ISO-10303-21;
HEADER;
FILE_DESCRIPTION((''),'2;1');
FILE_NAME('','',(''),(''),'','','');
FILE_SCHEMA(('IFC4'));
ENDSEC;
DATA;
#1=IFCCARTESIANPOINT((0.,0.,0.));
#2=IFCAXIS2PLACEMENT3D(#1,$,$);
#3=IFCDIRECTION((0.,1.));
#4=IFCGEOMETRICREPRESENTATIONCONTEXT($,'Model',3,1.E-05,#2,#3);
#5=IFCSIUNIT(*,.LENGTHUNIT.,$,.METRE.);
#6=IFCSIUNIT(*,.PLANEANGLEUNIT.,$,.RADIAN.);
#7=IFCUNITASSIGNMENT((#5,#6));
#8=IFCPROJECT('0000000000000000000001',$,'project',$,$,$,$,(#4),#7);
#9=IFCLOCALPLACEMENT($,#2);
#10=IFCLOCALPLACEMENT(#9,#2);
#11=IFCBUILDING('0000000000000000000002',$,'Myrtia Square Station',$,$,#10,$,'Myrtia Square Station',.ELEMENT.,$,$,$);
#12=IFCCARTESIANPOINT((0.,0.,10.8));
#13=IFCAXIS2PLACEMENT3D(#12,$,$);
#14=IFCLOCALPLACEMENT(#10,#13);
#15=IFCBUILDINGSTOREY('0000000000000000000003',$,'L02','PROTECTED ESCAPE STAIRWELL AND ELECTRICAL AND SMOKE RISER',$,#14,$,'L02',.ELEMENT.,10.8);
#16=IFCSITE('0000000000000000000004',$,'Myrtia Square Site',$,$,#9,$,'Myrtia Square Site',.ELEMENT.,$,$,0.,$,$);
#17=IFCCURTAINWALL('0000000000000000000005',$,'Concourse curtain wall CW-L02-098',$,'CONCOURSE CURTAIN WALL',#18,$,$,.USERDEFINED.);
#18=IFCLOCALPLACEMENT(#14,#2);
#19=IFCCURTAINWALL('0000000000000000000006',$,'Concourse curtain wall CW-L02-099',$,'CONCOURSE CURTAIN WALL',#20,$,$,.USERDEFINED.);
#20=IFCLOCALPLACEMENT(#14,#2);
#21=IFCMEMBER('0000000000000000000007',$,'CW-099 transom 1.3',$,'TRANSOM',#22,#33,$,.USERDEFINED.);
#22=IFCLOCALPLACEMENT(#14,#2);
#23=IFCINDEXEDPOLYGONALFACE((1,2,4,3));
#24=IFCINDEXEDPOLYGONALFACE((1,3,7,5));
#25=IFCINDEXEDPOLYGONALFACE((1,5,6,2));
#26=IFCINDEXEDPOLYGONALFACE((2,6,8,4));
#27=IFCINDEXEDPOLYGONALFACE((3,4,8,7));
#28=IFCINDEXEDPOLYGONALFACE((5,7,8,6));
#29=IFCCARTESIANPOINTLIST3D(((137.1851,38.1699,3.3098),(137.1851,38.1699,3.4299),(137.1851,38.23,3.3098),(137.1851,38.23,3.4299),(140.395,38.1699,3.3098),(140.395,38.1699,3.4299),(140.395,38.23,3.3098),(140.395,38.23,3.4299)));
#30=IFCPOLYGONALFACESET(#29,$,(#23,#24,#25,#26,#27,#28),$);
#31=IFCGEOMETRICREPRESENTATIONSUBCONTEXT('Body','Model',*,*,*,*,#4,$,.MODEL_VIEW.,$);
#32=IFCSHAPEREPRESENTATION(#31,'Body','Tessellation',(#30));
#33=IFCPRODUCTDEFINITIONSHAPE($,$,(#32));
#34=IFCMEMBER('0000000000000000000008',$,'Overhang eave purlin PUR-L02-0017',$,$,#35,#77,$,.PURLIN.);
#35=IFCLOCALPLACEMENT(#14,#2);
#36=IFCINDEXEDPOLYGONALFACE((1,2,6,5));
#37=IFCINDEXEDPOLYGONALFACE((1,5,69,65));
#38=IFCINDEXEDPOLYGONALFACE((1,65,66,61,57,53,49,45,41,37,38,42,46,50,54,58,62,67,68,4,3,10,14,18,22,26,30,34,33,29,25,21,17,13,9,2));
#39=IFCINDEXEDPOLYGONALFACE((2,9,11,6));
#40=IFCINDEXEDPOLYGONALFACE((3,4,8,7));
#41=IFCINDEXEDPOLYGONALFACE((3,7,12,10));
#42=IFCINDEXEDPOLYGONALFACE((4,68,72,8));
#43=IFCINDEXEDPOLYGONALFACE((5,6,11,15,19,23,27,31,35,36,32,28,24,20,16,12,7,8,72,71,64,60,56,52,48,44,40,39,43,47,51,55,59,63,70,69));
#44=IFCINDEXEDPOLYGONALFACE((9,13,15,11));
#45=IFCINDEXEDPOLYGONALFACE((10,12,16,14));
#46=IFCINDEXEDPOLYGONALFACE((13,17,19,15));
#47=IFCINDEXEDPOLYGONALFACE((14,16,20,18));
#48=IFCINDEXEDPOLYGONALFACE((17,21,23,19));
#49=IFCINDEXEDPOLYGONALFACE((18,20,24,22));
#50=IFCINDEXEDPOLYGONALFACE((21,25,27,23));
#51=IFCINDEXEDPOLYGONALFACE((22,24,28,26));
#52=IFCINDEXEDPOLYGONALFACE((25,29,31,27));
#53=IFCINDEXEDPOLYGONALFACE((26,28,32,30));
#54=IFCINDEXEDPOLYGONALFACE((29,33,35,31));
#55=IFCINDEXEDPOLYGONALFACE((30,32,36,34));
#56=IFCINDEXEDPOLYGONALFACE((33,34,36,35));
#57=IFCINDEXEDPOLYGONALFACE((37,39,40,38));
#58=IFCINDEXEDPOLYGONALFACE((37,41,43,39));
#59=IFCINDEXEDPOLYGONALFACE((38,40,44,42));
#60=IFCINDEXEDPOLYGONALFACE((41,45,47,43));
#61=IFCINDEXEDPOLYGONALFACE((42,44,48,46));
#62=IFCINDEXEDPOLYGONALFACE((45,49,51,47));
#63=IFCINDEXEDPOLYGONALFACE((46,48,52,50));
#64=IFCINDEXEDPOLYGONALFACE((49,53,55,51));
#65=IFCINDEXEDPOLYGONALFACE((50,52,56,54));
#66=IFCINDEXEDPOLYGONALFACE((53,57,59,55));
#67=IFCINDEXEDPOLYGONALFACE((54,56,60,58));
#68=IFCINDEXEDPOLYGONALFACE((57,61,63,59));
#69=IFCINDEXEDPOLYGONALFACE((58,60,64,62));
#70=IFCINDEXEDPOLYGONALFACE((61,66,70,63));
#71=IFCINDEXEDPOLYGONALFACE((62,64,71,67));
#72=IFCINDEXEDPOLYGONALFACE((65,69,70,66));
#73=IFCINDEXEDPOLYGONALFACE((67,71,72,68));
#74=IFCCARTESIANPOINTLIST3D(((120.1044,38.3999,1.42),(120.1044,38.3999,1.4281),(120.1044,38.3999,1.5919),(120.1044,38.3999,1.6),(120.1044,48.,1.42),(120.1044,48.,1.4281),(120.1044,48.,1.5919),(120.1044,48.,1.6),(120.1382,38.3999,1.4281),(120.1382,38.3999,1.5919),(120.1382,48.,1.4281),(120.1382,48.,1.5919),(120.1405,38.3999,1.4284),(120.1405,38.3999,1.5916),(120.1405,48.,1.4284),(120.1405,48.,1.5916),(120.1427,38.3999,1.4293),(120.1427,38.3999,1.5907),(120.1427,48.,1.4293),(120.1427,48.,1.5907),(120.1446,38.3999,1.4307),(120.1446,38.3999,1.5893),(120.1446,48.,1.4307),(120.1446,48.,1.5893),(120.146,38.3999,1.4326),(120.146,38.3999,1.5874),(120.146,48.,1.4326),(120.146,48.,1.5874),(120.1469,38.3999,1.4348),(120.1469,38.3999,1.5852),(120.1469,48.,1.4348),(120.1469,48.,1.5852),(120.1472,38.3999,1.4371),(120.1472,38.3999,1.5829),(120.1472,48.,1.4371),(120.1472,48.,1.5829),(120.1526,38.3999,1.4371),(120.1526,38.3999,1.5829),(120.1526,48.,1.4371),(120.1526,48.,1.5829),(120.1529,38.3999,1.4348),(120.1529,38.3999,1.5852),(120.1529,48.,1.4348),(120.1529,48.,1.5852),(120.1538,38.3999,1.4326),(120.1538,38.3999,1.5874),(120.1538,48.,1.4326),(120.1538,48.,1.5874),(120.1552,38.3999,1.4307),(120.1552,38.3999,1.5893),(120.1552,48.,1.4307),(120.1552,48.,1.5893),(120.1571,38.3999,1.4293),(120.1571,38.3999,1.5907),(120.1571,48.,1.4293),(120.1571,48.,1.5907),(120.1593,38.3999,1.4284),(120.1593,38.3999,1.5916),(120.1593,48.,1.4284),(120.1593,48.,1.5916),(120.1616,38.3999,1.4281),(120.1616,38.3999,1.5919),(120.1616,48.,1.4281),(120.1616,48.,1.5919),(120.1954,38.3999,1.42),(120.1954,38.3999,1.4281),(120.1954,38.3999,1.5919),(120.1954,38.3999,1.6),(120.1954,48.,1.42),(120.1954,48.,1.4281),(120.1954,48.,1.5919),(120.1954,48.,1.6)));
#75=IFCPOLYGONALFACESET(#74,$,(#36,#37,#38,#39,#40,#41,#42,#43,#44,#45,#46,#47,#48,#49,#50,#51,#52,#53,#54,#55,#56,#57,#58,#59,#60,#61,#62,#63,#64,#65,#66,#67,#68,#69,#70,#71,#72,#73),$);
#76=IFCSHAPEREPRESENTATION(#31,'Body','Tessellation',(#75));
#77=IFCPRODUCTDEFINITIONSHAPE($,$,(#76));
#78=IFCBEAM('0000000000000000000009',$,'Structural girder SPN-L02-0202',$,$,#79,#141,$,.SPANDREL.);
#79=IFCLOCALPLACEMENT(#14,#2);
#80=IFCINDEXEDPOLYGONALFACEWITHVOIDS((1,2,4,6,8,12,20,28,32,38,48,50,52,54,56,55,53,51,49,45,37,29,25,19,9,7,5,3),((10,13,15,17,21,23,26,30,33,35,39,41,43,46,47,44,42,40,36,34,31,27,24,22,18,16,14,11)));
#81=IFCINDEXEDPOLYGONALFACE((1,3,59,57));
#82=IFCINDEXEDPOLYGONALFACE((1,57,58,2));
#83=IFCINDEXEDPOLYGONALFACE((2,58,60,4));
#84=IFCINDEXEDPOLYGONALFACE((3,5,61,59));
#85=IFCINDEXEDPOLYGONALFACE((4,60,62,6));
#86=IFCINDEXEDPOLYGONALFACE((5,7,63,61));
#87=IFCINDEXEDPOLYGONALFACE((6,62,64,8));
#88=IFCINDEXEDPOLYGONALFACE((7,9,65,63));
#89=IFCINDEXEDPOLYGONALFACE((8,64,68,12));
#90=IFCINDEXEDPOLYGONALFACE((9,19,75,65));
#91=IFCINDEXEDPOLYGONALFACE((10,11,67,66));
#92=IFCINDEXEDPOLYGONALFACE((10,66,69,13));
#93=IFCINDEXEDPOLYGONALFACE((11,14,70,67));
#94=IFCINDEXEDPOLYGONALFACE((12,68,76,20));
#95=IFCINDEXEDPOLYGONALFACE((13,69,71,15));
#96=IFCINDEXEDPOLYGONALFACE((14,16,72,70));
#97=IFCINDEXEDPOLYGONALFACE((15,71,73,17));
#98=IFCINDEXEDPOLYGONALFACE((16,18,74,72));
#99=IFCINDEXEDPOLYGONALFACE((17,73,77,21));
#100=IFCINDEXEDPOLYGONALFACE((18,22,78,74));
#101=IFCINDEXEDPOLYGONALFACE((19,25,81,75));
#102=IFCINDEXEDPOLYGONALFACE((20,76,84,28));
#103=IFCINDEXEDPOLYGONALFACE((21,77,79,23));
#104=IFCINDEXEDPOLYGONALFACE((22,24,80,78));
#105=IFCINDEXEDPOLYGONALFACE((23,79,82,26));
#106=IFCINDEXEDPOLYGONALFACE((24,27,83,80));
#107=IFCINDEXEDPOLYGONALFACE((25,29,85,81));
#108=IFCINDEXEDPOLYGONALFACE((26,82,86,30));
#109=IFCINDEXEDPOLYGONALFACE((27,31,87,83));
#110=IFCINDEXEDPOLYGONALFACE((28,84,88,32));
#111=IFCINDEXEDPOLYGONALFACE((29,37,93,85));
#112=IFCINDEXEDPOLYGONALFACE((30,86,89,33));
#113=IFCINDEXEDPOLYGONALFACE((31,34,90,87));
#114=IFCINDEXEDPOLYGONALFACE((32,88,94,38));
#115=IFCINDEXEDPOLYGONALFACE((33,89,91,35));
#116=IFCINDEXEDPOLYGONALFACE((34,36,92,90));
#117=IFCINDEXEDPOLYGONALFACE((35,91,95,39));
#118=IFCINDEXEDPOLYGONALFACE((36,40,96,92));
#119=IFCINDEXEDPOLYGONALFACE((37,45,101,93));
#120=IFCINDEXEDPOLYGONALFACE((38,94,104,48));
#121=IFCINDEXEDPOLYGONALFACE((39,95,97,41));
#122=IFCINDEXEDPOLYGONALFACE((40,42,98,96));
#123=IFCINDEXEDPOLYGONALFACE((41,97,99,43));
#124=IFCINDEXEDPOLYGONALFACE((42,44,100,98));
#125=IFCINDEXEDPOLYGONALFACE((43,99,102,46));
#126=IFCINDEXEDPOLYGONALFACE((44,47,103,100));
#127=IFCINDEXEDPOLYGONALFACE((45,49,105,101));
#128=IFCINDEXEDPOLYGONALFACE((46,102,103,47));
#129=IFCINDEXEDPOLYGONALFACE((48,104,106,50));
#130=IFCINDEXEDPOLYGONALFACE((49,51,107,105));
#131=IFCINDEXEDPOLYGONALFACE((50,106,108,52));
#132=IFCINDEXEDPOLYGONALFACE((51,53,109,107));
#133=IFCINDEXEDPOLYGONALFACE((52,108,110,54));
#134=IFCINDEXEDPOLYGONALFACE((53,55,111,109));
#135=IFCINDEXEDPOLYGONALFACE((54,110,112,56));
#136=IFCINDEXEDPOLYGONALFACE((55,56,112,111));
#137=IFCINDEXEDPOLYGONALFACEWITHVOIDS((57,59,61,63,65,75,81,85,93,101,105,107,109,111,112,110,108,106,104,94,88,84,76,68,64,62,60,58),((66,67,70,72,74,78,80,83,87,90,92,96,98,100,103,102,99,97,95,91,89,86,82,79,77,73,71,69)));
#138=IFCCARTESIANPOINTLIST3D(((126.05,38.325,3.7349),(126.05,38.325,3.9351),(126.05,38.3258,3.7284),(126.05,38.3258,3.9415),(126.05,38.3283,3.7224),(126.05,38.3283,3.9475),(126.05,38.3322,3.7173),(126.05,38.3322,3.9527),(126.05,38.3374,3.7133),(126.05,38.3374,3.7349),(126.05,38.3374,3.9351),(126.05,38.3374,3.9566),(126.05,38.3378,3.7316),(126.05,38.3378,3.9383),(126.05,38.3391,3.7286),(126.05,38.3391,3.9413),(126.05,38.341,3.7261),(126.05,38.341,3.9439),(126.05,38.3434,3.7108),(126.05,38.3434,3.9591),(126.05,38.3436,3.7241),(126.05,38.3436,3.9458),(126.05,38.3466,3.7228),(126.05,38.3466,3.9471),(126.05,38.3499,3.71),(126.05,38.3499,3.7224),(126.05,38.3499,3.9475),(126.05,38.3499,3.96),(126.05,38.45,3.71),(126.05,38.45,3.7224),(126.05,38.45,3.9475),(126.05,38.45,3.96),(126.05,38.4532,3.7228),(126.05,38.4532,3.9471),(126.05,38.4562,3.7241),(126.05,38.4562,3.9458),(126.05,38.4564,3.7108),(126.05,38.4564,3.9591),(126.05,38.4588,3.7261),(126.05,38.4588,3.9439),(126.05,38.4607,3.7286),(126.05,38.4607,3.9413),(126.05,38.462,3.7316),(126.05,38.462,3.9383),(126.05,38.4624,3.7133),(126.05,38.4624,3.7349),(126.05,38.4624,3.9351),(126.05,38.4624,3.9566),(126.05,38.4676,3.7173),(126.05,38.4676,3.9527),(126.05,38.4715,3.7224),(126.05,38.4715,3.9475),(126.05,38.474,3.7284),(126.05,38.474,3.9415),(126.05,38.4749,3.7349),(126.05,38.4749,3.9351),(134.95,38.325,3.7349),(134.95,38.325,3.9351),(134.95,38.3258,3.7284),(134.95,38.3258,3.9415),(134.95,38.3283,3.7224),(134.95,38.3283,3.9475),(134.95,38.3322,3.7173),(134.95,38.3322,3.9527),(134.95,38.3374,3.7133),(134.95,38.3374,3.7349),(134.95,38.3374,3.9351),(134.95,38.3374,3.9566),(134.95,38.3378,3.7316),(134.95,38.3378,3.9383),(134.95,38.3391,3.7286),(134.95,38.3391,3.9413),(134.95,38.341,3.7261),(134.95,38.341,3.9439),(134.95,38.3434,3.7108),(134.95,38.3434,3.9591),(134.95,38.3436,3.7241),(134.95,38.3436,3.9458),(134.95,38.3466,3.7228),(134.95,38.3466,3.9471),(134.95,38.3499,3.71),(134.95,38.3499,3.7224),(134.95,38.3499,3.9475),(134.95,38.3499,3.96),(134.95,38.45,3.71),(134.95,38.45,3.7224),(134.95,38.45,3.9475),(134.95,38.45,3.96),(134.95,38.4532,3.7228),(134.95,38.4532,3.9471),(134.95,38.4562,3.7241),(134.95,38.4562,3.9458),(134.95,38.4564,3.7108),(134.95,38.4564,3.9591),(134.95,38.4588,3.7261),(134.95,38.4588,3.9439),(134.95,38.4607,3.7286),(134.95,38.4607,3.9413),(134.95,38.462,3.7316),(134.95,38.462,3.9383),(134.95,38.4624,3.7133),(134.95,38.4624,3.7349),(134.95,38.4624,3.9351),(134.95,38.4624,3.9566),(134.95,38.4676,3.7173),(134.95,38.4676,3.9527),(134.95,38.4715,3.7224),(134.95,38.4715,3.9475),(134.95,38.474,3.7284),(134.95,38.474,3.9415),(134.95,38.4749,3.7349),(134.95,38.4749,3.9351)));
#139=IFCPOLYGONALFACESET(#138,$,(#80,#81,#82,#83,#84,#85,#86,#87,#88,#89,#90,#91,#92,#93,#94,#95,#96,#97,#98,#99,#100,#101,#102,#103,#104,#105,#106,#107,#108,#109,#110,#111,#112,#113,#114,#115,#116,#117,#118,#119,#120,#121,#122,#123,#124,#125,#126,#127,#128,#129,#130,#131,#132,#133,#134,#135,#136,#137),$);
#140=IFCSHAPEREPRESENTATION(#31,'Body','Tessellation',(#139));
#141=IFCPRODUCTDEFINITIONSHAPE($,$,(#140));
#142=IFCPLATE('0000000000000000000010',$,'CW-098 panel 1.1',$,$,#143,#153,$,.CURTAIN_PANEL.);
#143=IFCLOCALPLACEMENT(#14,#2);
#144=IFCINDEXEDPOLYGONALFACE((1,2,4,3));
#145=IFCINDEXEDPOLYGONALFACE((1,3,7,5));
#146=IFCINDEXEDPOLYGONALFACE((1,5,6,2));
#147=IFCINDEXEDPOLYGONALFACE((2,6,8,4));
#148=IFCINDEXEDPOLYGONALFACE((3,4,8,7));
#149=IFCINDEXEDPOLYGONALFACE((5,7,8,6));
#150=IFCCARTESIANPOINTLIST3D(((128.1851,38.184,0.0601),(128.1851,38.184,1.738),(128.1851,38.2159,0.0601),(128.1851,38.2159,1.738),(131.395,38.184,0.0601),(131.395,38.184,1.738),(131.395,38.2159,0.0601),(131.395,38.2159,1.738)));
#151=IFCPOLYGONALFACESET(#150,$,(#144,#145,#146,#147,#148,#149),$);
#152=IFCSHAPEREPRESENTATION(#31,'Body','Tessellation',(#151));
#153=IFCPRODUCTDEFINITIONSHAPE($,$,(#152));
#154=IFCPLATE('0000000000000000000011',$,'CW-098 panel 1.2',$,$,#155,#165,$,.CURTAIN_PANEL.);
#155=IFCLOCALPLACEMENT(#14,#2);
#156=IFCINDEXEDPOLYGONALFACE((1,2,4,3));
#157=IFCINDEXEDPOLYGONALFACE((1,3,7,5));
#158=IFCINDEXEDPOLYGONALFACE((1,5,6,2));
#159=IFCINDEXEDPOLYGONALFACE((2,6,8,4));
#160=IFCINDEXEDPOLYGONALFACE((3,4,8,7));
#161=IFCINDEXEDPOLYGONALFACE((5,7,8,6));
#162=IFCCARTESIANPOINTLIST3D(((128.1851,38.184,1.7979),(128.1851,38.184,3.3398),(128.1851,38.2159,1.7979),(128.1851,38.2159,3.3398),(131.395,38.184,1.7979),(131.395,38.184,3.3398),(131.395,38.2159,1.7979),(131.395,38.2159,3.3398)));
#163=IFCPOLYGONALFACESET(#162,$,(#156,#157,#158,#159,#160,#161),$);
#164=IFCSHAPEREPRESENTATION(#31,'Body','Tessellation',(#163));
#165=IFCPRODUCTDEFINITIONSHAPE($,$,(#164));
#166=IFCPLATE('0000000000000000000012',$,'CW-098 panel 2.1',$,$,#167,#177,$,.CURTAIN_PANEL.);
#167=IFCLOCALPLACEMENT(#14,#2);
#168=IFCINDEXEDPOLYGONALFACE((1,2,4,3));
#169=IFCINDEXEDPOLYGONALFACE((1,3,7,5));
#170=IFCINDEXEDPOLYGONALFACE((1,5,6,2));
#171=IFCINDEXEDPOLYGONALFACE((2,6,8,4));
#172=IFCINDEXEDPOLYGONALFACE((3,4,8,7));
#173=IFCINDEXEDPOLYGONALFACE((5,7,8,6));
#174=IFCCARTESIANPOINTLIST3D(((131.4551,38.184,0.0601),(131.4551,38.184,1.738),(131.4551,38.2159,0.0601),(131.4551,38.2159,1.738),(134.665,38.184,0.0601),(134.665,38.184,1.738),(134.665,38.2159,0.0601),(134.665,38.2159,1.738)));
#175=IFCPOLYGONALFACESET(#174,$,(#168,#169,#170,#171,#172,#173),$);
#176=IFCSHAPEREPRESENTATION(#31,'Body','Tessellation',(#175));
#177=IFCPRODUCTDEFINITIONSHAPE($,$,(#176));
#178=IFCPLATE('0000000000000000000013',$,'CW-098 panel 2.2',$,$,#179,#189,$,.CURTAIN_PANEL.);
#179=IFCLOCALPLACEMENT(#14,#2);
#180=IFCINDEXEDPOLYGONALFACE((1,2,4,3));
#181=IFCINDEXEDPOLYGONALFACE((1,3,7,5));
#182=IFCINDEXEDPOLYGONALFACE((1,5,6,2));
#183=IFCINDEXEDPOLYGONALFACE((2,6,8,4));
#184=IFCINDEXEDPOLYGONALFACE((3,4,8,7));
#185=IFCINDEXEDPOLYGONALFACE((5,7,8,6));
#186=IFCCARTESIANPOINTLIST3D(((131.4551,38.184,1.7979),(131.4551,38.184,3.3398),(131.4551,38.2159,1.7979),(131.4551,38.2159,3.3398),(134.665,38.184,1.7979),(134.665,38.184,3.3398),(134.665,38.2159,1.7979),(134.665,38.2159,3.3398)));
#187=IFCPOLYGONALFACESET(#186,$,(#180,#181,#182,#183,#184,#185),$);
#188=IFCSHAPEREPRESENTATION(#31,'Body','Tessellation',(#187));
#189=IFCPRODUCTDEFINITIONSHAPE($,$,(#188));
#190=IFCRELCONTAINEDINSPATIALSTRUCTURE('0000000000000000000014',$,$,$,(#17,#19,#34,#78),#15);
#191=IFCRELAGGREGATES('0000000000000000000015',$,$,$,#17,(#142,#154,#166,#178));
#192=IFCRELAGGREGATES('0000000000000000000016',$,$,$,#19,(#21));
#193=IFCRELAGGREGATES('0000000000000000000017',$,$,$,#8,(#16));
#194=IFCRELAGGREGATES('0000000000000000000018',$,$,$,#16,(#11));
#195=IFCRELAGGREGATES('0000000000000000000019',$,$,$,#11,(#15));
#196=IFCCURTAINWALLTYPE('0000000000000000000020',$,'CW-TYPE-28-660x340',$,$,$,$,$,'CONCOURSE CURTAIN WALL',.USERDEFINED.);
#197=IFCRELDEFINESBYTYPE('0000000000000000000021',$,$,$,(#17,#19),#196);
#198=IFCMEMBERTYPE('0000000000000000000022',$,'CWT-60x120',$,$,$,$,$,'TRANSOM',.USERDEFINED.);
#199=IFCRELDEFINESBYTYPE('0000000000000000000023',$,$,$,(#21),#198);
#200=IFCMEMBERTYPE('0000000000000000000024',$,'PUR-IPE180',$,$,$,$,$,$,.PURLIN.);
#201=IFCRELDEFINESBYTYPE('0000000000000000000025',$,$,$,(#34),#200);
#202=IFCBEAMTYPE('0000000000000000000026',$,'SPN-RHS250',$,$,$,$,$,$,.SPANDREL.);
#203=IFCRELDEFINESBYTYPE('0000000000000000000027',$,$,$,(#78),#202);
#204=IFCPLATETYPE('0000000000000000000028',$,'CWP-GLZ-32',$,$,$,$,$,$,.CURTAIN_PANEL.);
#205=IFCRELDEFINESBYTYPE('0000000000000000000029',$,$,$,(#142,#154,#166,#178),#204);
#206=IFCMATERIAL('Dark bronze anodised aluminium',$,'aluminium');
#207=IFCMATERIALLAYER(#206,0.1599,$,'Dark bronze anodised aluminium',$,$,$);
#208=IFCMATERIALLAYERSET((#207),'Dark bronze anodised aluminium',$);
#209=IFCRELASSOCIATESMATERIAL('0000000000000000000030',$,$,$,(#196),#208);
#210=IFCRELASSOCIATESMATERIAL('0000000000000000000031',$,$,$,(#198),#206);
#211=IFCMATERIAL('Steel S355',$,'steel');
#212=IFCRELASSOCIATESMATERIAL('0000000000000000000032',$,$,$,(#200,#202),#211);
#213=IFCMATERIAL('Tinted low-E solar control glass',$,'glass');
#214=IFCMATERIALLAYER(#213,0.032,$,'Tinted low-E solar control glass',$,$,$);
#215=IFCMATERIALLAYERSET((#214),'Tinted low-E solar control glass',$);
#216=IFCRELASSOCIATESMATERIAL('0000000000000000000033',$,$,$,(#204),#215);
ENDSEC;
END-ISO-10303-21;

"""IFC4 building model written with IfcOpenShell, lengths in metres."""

from ifc_helpers import new_model, si_unit, direction, frame, origin, origin_2d, place, context, subcontext, project, spatial, rectangle, hollow_rectangle, i_section, extrude, material, layer, layer_set, material_profile, profile_set, type_object, element, aggregate, save


model = new_model("IFC4")

# Units and contexts
model_context = context("Model", 3, precision=1e-05, world=origin(), true_north=direction((0.0, 1.0)))
body_context = subcontext(model_context, "Body", "Model", "MODEL_VIEW")
ifc_project = project(units=[si_unit("LENGTHUNIT", "METRE"), si_unit("PLANEANGLEUNIT", "RADIAN")], contexts=[model_context])

# Site, building, storey
site_placement = place(None, origin())
site = spatial("IfcSite", under=ifc_project, at=site_placement, Name="Myrtia Square Site", LongName="Myrtia Square Site", CompositionType="ELEMENT", RefElevation=0.0)
building_placement = place(site_placement, origin())
building = spatial("IfcBuilding", under=site, at=building_placement, Name="Myrtia Square Station", LongName="Myrtia Square Station", CompositionType="ELEMENT")
storey_placement = place(building_placement, frame((0.0, 0.0, 10.8)))
storey = spatial("IfcBuildingStorey", under=building, at=storey_placement, Name="L02", Description="PROTECTED ESCAPE STAIRWELL AND ELECTRICAL AND SMOKE RISER", LongName="L02", CompositionType="ELEMENT", Elevation=10.8)

# Shared definitions
ifc_material_1 = material(Name="Steel S355", Category="steel")

# Curtain wall
ifc_material_2 = material(Name="Dark bronze anodised aluminium", Category="aluminium")
ifc_layer_1 = layer(ifc_material_2, 0.1599, Name="Dark bronze anodised aluminium")
ifc_layer_set_1 = layer_set([ifc_layer_1], Name="Dark bronze anodised aluminium")
curtain_wall_type = type_object("IfcCurtainWallType", Name="CW-TYPE-28-660x340", ElementType="CONCOURSE CURTAIN WALL", PredefinedType="USERDEFINED", material=ifc_layer_set_1)
curtain_wall_1_placement = place(storey_placement, origin())
curtain_wall_1 = element("IfcCurtainWall", 1, at=curtain_wall_1_placement, inside=storey, type_object=curtain_wall_type, Name="Concourse curtain wall CW-L02-098", ObjectType="CONCOURSE CURTAIN WALL", PredefinedType="USERDEFINED")

# Curtain wall
curtain_wall_2_placement = place(storey_placement, origin())
curtain_wall_2 = element("IfcCurtainWall", 2, at=curtain_wall_2_placement, inside=storey, type_object=curtain_wall_type, Name="Concourse curtain wall CW-L02-099", ObjectType="CONCOURSE CURTAIN WALL", PredefinedType="USERDEFINED")

# Members
ifc_material_profile_1 = material_profile(ifc_material_2, rectangle(XDim=0.0601, YDim=0.1201, at=origin_2d()), Name="ALU-T 60x120")
ifc_profile_set_1 = profile_set([ifc_material_profile_1], Name="Dark bronze anodised aluminium")
member_type_1 = type_object("IfcMemberType", Name="CWT-60x120", ElementType="TRANSOM", PredefinedType="USERDEFINED", material=ifc_profile_set_1)
member_1_placement = place(storey_placement, frame((137.1851, 38.2, 3.3699), z_axis=(1.0, 0.0, 0.0), x_axis=(0.0, 1.0, 0.0)))
member_1 = element("IfcMember", 3, at=member_1_placement, type_object=member_type_1, Name="CW-099 transom 1.3", ObjectType="TRANSOM", PredefinedType="USERDEFINED", context=body_context, shape_type="SweptSolid", body=[
    extrude(rectangle(XDim=0.0601, YDim=0.1201, at=origin_2d()), origin(), (0.0, 0.0, 1.0), 3.21),
])
ifc_material_profile_2 = material_profile(ifc_material_1, i_section(OverallWidth=0.0911, OverallDepth=0.1799, WebThickness=0.0054, FlangeThickness=0.0081, FilletRadius=0.009, at=origin_2d()), Name="IPE 180")
ifc_profile_set_2 = profile_set([ifc_material_profile_2], Name="Steel S355")
member_type_2 = type_object("IfcMemberType", Name="PUR-IPE180", PredefinedType="PURLIN", material=ifc_profile_set_2)
member_2_placement = place(storey_placement, frame((120.1499, 38.3999, 1.51), z_axis=(0.0, 1.0, 0.0), x_axis=(-1.0, 0.0, 0.0)))
element("IfcMember", 4, at=member_2_placement, inside=storey, type_object=member_type_2, Name="Overhang eave purlin PUR-L02-0017", PredefinedType="PURLIN", context=body_context, shape_type="SweptSolid", body=[
    extrude(i_section(OverallWidth=0.0911, OverallDepth=0.1799, WebThickness=0.0054, FlangeThickness=0.0081, FilletRadius=0.009, at=origin_2d()), origin(), (0.0, 0.0, 1.0), 9.6001),
])

# Beam
ifc_material_profile_3 = material_profile(ifc_material_1, hollow_rectangle(XDim=0.1499, YDim=0.25, WallThickness=0.0125, InnerFilletRadius=0.0125, OuterFilletRadius=0.0249, at=origin_2d()), Name="RHS 250x150x12.5")
ifc_profile_set_3 = profile_set([ifc_material_profile_3], Name="Steel S355")
beam_type = type_object("IfcBeamType", Name="SPN-RHS250", PredefinedType="SPANDREL", material=ifc_profile_set_3)
beam_placement = place(storey_placement, frame((126.05, 38.3999, 3.835), z_axis=(1.0, 0.0, 0.0), x_axis=(0.0, 1.0, 0.0)))
element("IfcBeam", 5, at=beam_placement, inside=storey, type_object=beam_type, Name="Structural girder SPN-L02-0202", PredefinedType="SPANDREL", context=body_context, shape_type="SweptSolid", body=[
    extrude(hollow_rectangle(XDim=0.1499, YDim=0.25, WallThickness=0.0125, InnerFilletRadius=0.0125, OuterFilletRadius=0.0249, at=origin_2d()), origin(), (0.0, 0.0, 1.0), 8.8999),
])

# Plates
ifc_material_3 = material(Name="Tinted low-E solar control glass", Category="glass")
ifc_layer_2 = layer(ifc_material_3, 0.032, Name="Tinted low-E solar control glass")
ifc_layer_set_2 = layer_set([ifc_layer_2], Name="Tinted low-E solar control glass")
plate_type_1 = type_object("IfcPlateType", Name="CWP-GLZ-32", PredefinedType="CURTAIN_PANEL", material=ifc_layer_set_2)
plate_1_placement = place(storey_placement, frame((129.79, 38.2, 0.0601), z_axis=(0.0, 0.0, 1.0), x_axis=(1.0, 0.0, 0.0)))
plate_1 = element("IfcPlate", 6, at=plate_1_placement, type_object=plate_type_1, Name="CW-098 panel 1.1", PredefinedType="CURTAIN_PANEL", context=body_context, shape_type="SweptSolid", body=[
    extrude(rectangle(XDim=3.21, YDim=0.032, at=origin_2d()), origin(), (0.0, 0.0, 1.0), 1.678),
])
plate_2_placement = place(storey_placement, frame((129.79, 38.2, 1.7979), z_axis=(0.0, 0.0, 1.0), x_axis=(1.0, 0.0, 0.0)))
plate_2 = element("IfcPlate", 7, at=plate_2_placement, type_object=plate_type_1, Name="CW-098 panel 1.2", PredefinedType="CURTAIN_PANEL", context=body_context, shape_type="SweptSolid", body=[
    extrude(rectangle(XDim=3.21, YDim=0.032, at=origin_2d()), origin(), (0.0, 0.0, 1.0), 1.542),
])
plate_3_placement = place(storey_placement, frame((133.0601, 38.2, 0.0601), z_axis=(0.0, 0.0, 1.0), x_axis=(1.0, 0.0, 0.0)))
plate_3 = element("IfcPlate", 8, at=plate_3_placement, type_object=plate_type_1, Name="CW-098 panel 2.1", PredefinedType="CURTAIN_PANEL", context=body_context, shape_type="SweptSolid", body=[
    extrude(rectangle(XDim=3.21, YDim=0.032, at=origin_2d()), origin(), (0.0, 0.0, 1.0), 1.678),
])
plate_4_placement = place(storey_placement, frame((133.0601, 38.2, 1.7979), z_axis=(0.0, 0.0, 1.0), x_axis=(1.0, 0.0, 0.0)))
plate_4 = element("IfcPlate", 9, at=plate_4_placement, type_object=plate_type_1, Name="CW-098 panel 2.2", PredefinedType="CURTAIN_PANEL", context=body_context, shape_type="SweptSolid", body=[
    extrude(rectangle(XDim=3.21, YDim=0.032, at=origin_2d()), origin(), (0.0, 0.0, 1.0), 1.542),
])
aggregate(curtain_wall_1, [plate_1, plate_2, plate_3, plate_4])
aggregate(curtain_wall_2, [member_1])

save(model, "model.ifc")
